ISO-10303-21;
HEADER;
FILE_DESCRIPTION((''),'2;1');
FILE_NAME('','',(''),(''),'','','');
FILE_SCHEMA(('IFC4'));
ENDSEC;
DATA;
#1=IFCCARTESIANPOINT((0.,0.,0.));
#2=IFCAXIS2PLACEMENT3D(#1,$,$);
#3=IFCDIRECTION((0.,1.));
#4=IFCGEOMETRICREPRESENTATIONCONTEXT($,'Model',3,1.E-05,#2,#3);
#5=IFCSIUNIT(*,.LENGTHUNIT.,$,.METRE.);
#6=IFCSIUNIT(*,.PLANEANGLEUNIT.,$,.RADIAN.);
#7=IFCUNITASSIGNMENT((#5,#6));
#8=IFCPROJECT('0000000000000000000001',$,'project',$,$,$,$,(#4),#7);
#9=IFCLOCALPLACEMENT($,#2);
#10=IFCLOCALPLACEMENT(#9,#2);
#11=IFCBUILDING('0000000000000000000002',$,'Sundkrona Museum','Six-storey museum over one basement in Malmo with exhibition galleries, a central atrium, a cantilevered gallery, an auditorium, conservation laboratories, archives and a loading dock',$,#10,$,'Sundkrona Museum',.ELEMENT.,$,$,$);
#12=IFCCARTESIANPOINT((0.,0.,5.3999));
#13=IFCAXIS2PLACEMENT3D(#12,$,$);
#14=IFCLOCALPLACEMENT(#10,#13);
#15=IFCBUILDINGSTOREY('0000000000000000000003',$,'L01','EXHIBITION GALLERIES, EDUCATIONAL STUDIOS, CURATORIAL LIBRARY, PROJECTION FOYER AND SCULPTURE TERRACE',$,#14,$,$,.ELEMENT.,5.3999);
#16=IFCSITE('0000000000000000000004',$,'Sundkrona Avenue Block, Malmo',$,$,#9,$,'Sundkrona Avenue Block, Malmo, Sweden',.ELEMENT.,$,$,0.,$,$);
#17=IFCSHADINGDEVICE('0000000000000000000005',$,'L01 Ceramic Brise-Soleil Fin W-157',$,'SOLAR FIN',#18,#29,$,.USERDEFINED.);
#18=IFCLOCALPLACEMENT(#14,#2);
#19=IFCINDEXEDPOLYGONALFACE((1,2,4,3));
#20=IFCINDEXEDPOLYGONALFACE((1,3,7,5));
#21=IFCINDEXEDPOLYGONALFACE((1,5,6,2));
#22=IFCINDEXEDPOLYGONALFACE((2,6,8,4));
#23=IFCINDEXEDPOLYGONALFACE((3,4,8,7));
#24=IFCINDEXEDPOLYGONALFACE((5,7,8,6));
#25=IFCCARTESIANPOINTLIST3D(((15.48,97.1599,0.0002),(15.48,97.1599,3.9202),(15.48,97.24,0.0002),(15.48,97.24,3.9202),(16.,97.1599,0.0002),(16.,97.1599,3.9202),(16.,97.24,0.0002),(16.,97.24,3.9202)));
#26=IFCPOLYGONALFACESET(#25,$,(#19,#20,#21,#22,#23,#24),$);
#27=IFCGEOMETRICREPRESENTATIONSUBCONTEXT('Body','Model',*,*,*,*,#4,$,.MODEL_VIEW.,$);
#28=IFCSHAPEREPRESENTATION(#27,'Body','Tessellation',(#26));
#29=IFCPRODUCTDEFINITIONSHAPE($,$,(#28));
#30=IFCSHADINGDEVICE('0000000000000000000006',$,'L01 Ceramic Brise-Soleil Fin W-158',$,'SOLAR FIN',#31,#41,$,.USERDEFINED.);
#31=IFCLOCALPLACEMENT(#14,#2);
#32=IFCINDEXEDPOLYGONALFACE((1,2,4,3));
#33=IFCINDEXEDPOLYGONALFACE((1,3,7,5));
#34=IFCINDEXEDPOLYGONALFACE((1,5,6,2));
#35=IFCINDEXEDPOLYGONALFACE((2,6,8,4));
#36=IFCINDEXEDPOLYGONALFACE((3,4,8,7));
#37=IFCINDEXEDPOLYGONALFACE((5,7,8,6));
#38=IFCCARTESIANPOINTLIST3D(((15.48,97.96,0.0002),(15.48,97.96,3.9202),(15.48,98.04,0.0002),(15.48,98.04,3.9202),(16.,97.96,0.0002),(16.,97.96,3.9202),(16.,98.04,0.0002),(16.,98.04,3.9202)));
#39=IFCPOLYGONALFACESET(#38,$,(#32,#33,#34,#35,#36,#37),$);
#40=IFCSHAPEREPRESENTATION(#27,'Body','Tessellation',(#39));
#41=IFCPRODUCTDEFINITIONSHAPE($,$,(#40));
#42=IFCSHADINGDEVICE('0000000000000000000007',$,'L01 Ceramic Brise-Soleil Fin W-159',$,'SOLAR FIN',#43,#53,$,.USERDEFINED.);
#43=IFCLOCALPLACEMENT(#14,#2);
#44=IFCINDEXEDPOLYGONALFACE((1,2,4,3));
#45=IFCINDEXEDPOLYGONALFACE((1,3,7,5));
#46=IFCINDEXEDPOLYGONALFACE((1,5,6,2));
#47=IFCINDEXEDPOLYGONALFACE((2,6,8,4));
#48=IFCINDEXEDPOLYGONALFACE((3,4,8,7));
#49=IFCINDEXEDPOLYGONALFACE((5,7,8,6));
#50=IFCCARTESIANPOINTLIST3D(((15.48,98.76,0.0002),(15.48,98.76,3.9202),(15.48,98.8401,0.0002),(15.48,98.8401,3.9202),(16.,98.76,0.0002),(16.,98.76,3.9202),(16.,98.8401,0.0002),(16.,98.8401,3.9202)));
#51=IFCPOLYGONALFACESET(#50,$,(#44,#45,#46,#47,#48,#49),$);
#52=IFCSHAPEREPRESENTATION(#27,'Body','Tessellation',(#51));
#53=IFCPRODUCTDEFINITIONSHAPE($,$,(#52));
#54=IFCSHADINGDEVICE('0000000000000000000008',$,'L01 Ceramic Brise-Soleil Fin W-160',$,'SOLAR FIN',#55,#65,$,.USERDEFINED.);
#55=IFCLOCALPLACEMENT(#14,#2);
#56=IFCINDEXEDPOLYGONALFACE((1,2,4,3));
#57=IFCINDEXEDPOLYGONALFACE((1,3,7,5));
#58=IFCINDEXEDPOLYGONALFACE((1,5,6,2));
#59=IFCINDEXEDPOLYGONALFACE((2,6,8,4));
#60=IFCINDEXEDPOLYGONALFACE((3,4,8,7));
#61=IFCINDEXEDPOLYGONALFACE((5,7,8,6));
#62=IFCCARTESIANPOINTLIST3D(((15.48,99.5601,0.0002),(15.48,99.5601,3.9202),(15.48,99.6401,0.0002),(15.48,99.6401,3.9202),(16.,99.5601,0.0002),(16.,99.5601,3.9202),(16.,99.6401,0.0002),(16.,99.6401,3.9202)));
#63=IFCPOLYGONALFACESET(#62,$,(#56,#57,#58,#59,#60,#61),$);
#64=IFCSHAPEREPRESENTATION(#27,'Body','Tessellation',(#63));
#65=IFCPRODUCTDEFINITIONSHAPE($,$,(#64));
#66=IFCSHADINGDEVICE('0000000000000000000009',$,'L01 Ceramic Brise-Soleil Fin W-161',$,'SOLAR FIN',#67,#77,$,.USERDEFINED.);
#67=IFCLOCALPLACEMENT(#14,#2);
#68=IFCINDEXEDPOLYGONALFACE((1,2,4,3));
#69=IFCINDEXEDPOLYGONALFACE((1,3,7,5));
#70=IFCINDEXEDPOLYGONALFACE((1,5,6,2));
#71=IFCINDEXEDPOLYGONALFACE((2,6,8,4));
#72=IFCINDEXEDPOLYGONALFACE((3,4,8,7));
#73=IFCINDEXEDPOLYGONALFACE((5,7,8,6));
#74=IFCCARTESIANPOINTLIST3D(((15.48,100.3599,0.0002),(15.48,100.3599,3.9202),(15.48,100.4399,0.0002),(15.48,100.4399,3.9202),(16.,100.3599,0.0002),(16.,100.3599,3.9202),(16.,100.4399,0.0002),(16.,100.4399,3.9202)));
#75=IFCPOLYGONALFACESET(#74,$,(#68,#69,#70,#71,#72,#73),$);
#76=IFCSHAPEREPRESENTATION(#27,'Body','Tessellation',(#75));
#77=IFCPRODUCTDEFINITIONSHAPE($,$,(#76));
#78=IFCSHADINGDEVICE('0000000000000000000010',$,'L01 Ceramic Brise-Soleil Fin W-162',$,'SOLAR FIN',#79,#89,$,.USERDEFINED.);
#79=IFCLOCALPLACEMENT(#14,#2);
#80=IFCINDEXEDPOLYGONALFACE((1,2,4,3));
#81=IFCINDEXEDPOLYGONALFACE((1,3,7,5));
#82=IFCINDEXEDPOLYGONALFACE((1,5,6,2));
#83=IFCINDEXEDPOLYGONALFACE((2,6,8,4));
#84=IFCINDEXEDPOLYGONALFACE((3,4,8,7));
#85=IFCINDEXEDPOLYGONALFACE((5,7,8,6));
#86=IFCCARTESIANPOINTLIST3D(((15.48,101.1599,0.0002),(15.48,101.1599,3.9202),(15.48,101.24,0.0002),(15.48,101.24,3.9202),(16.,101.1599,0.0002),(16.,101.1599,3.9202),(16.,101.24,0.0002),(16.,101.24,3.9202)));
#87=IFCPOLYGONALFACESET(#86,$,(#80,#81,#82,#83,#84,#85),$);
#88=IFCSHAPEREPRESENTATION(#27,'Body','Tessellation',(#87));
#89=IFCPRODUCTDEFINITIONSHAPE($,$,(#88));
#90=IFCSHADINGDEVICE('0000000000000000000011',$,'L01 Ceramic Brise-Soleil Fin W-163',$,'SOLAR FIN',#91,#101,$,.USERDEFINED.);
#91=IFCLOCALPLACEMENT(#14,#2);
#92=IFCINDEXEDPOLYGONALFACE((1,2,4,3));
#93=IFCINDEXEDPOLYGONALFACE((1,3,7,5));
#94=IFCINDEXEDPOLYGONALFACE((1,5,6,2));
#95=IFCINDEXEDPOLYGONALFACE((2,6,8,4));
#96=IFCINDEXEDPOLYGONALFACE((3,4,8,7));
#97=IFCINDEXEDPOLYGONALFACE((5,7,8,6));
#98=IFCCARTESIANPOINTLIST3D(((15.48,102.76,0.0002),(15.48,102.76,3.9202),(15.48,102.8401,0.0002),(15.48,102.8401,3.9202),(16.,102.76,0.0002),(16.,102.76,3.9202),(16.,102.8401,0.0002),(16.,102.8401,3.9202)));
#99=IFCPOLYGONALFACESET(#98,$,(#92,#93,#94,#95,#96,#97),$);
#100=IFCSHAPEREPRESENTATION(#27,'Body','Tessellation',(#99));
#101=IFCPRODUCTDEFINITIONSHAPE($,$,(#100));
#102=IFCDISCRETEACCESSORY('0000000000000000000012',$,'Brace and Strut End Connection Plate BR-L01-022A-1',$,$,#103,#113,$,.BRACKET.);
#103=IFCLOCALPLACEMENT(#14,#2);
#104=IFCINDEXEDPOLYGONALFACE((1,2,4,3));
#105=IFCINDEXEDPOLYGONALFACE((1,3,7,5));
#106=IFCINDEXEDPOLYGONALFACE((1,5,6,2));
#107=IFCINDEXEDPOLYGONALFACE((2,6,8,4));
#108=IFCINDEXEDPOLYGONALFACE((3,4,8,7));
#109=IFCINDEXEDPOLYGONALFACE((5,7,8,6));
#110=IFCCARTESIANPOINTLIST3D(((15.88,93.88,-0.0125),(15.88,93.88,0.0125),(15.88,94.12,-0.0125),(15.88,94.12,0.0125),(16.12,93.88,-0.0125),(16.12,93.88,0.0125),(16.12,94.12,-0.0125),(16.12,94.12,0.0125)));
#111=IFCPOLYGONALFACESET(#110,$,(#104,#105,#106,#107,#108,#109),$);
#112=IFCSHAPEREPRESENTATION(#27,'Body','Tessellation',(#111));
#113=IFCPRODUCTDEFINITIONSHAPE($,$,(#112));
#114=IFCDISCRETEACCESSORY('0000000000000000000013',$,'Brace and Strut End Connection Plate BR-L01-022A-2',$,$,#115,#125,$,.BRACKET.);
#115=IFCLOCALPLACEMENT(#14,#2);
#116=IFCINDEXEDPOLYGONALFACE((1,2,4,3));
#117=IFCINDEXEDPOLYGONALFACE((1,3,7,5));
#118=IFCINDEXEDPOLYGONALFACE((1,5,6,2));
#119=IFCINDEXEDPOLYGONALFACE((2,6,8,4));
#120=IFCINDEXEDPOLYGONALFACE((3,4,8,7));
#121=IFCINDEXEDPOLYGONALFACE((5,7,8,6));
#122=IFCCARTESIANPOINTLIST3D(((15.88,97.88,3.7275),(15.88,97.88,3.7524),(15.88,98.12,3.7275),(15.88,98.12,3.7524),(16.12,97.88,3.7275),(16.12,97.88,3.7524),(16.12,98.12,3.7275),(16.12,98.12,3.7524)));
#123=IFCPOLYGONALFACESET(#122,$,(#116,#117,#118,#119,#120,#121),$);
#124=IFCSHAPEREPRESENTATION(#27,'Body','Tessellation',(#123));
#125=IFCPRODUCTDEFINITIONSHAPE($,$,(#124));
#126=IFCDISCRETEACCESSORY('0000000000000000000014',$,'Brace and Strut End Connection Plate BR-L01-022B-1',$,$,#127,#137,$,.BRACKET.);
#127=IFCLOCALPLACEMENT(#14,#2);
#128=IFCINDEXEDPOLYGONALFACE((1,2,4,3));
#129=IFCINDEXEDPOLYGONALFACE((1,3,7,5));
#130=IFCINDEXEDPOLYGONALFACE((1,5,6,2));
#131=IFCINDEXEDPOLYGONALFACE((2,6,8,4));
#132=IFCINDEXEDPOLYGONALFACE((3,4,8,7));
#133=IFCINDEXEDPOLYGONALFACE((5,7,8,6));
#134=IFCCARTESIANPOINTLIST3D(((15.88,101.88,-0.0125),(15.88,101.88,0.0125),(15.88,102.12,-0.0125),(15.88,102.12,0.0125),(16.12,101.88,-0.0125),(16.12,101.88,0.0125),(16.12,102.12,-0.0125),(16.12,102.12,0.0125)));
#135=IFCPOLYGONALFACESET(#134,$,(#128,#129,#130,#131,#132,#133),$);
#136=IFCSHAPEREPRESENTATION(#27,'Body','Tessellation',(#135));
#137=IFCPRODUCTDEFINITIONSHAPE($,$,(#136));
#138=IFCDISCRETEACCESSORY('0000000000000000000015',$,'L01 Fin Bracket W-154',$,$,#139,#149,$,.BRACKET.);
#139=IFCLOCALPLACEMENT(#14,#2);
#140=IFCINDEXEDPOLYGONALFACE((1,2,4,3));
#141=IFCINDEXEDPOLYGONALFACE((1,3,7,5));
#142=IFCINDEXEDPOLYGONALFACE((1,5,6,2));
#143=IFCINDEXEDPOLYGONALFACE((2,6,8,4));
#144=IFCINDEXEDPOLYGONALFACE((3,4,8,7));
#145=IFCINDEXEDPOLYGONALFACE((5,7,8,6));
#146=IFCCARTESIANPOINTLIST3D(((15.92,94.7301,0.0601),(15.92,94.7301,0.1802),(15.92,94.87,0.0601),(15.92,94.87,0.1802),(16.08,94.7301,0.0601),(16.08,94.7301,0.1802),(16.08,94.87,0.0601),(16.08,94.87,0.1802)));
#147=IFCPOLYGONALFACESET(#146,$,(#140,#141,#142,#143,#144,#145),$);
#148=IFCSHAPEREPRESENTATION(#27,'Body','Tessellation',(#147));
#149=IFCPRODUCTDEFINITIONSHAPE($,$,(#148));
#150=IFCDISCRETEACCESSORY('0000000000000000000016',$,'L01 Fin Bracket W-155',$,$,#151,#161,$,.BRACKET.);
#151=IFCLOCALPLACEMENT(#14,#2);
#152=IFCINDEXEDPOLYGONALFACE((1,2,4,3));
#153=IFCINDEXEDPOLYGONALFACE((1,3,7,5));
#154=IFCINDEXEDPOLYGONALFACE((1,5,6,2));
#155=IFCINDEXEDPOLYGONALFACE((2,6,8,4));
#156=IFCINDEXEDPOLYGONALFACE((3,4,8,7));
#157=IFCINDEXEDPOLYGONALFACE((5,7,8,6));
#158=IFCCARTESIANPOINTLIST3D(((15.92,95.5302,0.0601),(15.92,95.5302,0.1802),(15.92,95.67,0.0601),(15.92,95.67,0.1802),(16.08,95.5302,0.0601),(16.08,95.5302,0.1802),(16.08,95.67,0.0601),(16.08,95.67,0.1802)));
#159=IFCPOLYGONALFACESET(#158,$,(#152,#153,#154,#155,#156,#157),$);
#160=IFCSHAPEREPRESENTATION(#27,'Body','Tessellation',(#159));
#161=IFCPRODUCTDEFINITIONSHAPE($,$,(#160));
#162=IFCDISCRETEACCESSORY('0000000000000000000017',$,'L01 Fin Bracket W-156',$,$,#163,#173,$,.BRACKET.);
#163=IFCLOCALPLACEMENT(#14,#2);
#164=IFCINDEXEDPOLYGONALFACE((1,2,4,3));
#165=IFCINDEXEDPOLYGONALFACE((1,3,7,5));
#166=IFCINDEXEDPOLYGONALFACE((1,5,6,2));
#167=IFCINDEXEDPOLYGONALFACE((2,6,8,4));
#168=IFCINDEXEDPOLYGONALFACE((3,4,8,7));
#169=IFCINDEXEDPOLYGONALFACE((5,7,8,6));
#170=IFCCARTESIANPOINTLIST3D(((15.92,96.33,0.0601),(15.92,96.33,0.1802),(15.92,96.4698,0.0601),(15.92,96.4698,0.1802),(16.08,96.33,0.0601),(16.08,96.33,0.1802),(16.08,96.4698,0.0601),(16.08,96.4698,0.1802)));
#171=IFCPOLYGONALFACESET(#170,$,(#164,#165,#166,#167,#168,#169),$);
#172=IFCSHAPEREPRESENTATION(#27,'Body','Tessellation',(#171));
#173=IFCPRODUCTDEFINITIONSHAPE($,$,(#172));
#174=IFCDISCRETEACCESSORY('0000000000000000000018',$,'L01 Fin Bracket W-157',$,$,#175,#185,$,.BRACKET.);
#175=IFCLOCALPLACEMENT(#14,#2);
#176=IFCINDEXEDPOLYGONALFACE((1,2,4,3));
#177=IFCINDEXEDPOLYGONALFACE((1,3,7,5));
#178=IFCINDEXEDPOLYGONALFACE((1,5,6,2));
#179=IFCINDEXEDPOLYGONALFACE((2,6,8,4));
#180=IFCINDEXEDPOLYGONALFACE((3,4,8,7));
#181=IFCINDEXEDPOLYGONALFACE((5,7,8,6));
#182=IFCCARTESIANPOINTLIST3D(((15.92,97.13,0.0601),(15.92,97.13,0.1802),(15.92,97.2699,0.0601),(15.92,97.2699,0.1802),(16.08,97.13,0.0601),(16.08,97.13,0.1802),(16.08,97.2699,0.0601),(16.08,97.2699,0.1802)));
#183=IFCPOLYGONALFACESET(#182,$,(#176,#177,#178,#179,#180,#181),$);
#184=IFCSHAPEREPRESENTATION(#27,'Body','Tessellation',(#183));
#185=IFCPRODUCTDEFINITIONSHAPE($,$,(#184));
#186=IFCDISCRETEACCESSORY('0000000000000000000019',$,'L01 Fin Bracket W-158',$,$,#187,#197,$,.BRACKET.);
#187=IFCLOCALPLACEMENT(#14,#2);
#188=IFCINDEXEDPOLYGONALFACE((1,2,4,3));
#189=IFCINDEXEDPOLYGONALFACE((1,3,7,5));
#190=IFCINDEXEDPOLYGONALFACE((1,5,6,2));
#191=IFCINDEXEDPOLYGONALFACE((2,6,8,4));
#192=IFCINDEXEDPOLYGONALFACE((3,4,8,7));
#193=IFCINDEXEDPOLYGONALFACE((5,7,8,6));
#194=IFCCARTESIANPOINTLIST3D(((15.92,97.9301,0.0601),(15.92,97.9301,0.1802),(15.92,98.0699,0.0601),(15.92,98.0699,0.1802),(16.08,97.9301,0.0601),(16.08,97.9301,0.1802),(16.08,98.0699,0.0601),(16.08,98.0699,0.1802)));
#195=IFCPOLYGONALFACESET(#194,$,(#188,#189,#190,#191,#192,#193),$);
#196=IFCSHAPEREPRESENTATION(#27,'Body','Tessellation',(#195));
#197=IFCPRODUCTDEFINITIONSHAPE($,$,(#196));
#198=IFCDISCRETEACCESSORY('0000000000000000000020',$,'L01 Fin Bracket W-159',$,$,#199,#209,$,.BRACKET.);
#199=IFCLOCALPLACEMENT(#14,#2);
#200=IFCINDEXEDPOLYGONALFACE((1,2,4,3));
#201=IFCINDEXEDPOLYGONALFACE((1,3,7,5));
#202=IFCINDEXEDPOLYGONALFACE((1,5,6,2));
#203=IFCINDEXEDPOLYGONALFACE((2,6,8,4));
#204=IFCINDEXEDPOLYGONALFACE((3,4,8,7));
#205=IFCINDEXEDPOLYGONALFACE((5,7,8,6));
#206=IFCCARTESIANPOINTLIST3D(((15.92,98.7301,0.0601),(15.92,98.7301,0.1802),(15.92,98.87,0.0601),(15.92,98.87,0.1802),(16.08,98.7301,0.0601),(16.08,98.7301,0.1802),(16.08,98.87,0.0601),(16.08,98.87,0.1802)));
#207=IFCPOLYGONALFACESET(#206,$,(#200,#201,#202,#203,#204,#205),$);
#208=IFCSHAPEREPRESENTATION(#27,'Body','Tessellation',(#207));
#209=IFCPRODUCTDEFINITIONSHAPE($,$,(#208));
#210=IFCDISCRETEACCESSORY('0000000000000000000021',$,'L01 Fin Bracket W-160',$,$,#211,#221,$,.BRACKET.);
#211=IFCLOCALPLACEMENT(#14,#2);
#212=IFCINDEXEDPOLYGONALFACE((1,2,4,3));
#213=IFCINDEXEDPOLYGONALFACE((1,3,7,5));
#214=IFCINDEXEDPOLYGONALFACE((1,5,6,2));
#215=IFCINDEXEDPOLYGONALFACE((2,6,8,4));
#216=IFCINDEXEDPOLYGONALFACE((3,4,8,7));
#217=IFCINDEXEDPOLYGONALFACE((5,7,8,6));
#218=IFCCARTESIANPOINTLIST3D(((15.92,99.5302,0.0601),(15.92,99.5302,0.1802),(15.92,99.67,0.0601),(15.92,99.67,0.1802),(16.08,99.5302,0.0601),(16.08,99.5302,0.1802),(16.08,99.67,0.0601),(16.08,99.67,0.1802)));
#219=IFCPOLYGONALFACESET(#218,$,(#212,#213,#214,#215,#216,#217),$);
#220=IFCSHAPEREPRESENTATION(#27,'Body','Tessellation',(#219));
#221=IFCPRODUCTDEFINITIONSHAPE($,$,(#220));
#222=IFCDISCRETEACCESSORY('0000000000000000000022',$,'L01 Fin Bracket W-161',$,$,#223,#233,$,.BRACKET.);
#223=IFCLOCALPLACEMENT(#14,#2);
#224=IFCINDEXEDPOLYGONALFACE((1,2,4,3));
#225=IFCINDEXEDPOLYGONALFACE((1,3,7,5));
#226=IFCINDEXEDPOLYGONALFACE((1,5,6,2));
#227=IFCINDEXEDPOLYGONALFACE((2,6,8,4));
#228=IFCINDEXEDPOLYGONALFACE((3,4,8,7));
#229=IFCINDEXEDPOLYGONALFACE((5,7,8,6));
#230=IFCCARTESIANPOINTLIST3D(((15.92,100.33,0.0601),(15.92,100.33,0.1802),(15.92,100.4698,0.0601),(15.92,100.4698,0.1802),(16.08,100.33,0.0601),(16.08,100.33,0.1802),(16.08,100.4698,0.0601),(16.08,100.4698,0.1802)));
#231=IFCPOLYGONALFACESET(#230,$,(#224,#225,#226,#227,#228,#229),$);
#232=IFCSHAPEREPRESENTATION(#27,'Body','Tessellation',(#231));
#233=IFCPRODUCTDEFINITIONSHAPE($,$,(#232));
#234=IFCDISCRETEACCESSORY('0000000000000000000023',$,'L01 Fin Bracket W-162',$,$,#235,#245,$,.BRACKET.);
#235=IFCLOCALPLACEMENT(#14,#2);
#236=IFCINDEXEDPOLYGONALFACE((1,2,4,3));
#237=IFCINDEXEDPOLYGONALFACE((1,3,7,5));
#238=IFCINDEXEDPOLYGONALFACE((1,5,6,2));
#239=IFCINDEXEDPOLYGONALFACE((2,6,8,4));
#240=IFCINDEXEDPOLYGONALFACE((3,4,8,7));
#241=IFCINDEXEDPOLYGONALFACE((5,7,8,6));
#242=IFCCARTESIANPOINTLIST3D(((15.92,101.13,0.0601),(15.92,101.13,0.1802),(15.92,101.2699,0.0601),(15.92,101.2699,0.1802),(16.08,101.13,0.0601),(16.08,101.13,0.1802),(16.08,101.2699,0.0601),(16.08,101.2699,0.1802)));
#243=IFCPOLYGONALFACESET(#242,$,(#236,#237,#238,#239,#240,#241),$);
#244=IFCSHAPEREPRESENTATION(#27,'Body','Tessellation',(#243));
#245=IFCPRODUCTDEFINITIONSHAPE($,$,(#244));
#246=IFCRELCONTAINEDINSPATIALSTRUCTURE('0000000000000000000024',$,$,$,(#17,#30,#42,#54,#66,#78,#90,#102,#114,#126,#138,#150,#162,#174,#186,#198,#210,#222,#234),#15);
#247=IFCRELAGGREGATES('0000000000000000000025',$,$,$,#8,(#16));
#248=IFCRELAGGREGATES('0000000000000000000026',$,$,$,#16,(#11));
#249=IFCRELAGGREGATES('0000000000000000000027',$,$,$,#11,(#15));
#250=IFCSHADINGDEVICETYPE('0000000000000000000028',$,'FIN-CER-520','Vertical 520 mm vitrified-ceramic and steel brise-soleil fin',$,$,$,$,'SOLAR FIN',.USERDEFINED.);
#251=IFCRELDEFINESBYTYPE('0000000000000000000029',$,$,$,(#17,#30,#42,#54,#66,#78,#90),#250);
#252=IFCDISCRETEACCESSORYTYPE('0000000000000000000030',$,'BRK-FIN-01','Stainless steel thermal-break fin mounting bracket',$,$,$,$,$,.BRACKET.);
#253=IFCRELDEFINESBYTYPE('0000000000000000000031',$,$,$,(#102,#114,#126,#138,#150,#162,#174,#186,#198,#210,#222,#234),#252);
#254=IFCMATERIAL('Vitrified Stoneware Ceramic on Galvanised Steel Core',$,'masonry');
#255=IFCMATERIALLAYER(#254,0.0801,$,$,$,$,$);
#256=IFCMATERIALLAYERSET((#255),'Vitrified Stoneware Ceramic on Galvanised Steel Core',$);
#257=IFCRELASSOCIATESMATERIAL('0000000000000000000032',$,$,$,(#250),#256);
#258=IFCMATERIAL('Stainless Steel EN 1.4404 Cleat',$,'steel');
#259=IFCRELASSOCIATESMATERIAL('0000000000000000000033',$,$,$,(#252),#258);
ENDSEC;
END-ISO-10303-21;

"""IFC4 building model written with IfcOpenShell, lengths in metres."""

from ifc_helpers import new_model, si_unit, direction, frame, origin, origin_2d, place, context, subcontext, project, spatial, rectangle, extrude, material, layer, layer_set, type_object, element, save


model = new_model("IFC4")

# Units and contexts
model_context = context("Model", 3, precision=1e-05, world=origin(), true_north=direction((0.0, 1.0)))
body_context = subcontext(model_context, "Body", "Model", "MODEL_VIEW")
ifc_project = project(units=[si_unit("LENGTHUNIT", "METRE"), si_unit("PLANEANGLEUNIT", "RADIAN")], contexts=[model_context])

# Site, building, storey
site_placement = place(None, origin())
site = spatial("IfcSite", under=ifc_project, at=site_placement, Name="Sundkrona Avenue Block, Malmo", LongName="Sundkrona Avenue Block, Malmo, Sweden", CompositionType="ELEMENT", RefElevation=0.0)
building_placement = place(site_placement, origin())
building = spatial("IfcBuilding", under=site, at=building_placement, Name="Sundkrona Museum", Description="Six-storey museum over one basement in Malmo with exhibition galleries, a central atrium, a cantilevered gallery, an auditorium, conservation laboratories, archives and a loading dock", LongName="Sundkrona Museum", CompositionType="ELEMENT")
storey_placement = place(building_placement, frame((0.0, 0.0, 5.3999)))
storey = spatial("IfcBuildingStorey", under=building, at=storey_placement, Name="L01", Description="EXHIBITION GALLERIES, EDUCATIONAL STUDIOS, CURATORIAL LIBRARY, PROJECTION FOYER AND SCULPTURE TERRACE", CompositionType="ELEMENT", Elevation=5.3999)

# Shading devices
ifc_material_1 = material(Name="Vitrified Stoneware Ceramic on Galvanised Steel Core", Category="masonry")
ifc_layer_1 = layer(ifc_material_1, 0.0801)
ifc_layer_set_1 = layer_set([ifc_layer_1], Name="Vitrified Stoneware Ceramic on Galvanised Steel Core")
shading_device_type = type_object("IfcShadingDeviceType", Name="FIN-CER-520", Description="Vertical 520 mm vitrified-ceramic and steel brise-soleil fin", ElementType="SOLAR FIN", PredefinedType="USERDEFINED", material=ifc_layer_set_1)
for number, where, z_axis, x_axis, name in (
    (1, (15.74, 97.2, 0.0002), (0.0, 0.0, 1.0), (1.0, 0.0, 0.0), "L01 Ceramic Brise-Soleil Fin W-157"),
    (2, (15.74, 98.0, 0.0002), (0.0, 0.0, 1.0), (1.0, 0.0, 0.0), "L01 Ceramic Brise-Soleil Fin W-158"),
    (3, (15.74, 98.8, 0.0002), (0.0, 0.0, 1.0), (1.0, 0.0, 0.0), "L01 Ceramic Brise-Soleil Fin W-159"),
    (4, (15.74, 99.6001, 0.0002), (0.0, 0.0, 1.0), (1.0, 0.0, 0.0), "L01 Ceramic Brise-Soleil Fin W-160"),
    (5, (15.74, 100.3999, 0.0002), (0.0, 0.0, 1.0), (1.0, 0.0, 0.0), "L01 Ceramic Brise-Soleil Fin W-161"),
    (6, (15.74, 101.2, 0.0002), (0.0, 0.0, 1.0), (1.0, 0.0, 0.0), "L01 Ceramic Brise-Soleil Fin W-162"),
    (7, (15.74, 102.8, 0.0002), (0.0, 0.0, 1.0), (1.0, 0.0, 0.0), "L01 Ceramic Brise-Soleil Fin W-163"),
):
    element("IfcShadingDevice", number, at=place(storey_placement, frame(where, z_axis=z_axis, x_axis=x_axis)), inside=storey, type_object=shading_device_type, Name=name, ObjectType="SOLAR FIN", PredefinedType="USERDEFINED", context=body_context, shape_type="SweptSolid", body=[
        extrude(rectangle(XDim=0.52, YDim=0.0801, at=origin_2d()), origin(), (0.0, 0.0, 1.0), 3.9199),
    ])

# Discrete accessories
ifc_material_2 = material(Name="Stainless Steel EN 1.4404 Cleat", Category="steel")
discrete_accessory_type = type_object("IfcDiscreteAccessoryType", Name="BRK-FIN-01", Description="Stainless steel thermal-break fin mounting bracket", PredefinedType="BRACKET", material=ifc_material_2)
for number, where, z_axis, x_axis, name in (
    (8, (16.0, 94.0, -0.0125), (0.0, 0.0, 1.0), (1.0, 0.0, 0.0), "Brace and Strut End Connection Plate BR-L01-022A-1"),
    (9, (16.0, 98.0, 3.7275), (0.0, 0.0, 1.0), (1.0, 0.0, 0.0), "Brace and Strut End Connection Plate BR-L01-022A-2"),
    (10, (16.0, 102.0, -0.0125), (0.0, 0.0, 1.0), (1.0, 0.0, 0.0), "Brace and Strut End Connection Plate BR-L01-022B-1"),
):
    element("IfcDiscreteAccessory", number, at=place(storey_placement, frame(where, z_axis=z_axis, x_axis=x_axis)), inside=storey, type_object=discrete_accessory_type, Name=name, PredefinedType="BRACKET", context=body_context, shape_type="SweptSolid", body=[
        extrude(rectangle(XDim=0.24, YDim=0.24, at=origin_2d()), origin(), (0.0, 0.0, 1.0), 0.0249),
    ])
for number, where, z_axis, x_axis, name in (
    (11, (16.0, 94.8, 0.0601), (0.0, 0.0, 1.0), (1.0, 0.0, 0.0), "L01 Fin Bracket W-154"),
    (12, (16.0, 95.6001, 0.0601), (0.0, 0.0, 1.0), (1.0, 0.0, 0.0), "L01 Fin Bracket W-155"),
    (13, (16.0, 96.3999, 0.0601), (0.0, 0.0, 1.0), (1.0, 0.0, 0.0), "L01 Fin Bracket W-156"),
    (14, (16.0, 97.2, 0.0601), (0.0, 0.0, 1.0), (1.0, 0.0, 0.0), "L01 Fin Bracket W-157"),
    (15, (16.0, 98.0, 0.0601), (0.0, 0.0, 1.0), (1.0, 0.0, 0.0), "L01 Fin Bracket W-158"),
    (16, (16.0, 98.8, 0.0601), (0.0, 0.0, 1.0), (1.0, 0.0, 0.0), "L01 Fin Bracket W-159"),
    (17, (16.0, 99.6001, 0.0601), (0.0, 0.0, 1.0), (1.0, 0.0, 0.0), "L01 Fin Bracket W-160"),
    (18, (16.0, 100.3999, 0.0601), (0.0, 0.0, 1.0), (1.0, 0.0, 0.0), "L01 Fin Bracket W-161"),
    (19, (16.0, 101.2, 0.0601), (0.0, 0.0, 1.0), (1.0, 0.0, 0.0), "L01 Fin Bracket W-162"),
):
    element("IfcDiscreteAccessory", number, at=place(storey_placement, frame(where, z_axis=z_axis, x_axis=x_axis)), inside=storey, type_object=discrete_accessory_type, Name=name, PredefinedType="BRACKET", context=body_context, shape_type="SweptSolid", body=[
        extrude(rectangle(XDim=0.1599, YDim=0.1399, at=origin_2d()), origin(), (0.0, 0.0, 1.0), 0.1201),
    ])

save(model, "model.ifc")
